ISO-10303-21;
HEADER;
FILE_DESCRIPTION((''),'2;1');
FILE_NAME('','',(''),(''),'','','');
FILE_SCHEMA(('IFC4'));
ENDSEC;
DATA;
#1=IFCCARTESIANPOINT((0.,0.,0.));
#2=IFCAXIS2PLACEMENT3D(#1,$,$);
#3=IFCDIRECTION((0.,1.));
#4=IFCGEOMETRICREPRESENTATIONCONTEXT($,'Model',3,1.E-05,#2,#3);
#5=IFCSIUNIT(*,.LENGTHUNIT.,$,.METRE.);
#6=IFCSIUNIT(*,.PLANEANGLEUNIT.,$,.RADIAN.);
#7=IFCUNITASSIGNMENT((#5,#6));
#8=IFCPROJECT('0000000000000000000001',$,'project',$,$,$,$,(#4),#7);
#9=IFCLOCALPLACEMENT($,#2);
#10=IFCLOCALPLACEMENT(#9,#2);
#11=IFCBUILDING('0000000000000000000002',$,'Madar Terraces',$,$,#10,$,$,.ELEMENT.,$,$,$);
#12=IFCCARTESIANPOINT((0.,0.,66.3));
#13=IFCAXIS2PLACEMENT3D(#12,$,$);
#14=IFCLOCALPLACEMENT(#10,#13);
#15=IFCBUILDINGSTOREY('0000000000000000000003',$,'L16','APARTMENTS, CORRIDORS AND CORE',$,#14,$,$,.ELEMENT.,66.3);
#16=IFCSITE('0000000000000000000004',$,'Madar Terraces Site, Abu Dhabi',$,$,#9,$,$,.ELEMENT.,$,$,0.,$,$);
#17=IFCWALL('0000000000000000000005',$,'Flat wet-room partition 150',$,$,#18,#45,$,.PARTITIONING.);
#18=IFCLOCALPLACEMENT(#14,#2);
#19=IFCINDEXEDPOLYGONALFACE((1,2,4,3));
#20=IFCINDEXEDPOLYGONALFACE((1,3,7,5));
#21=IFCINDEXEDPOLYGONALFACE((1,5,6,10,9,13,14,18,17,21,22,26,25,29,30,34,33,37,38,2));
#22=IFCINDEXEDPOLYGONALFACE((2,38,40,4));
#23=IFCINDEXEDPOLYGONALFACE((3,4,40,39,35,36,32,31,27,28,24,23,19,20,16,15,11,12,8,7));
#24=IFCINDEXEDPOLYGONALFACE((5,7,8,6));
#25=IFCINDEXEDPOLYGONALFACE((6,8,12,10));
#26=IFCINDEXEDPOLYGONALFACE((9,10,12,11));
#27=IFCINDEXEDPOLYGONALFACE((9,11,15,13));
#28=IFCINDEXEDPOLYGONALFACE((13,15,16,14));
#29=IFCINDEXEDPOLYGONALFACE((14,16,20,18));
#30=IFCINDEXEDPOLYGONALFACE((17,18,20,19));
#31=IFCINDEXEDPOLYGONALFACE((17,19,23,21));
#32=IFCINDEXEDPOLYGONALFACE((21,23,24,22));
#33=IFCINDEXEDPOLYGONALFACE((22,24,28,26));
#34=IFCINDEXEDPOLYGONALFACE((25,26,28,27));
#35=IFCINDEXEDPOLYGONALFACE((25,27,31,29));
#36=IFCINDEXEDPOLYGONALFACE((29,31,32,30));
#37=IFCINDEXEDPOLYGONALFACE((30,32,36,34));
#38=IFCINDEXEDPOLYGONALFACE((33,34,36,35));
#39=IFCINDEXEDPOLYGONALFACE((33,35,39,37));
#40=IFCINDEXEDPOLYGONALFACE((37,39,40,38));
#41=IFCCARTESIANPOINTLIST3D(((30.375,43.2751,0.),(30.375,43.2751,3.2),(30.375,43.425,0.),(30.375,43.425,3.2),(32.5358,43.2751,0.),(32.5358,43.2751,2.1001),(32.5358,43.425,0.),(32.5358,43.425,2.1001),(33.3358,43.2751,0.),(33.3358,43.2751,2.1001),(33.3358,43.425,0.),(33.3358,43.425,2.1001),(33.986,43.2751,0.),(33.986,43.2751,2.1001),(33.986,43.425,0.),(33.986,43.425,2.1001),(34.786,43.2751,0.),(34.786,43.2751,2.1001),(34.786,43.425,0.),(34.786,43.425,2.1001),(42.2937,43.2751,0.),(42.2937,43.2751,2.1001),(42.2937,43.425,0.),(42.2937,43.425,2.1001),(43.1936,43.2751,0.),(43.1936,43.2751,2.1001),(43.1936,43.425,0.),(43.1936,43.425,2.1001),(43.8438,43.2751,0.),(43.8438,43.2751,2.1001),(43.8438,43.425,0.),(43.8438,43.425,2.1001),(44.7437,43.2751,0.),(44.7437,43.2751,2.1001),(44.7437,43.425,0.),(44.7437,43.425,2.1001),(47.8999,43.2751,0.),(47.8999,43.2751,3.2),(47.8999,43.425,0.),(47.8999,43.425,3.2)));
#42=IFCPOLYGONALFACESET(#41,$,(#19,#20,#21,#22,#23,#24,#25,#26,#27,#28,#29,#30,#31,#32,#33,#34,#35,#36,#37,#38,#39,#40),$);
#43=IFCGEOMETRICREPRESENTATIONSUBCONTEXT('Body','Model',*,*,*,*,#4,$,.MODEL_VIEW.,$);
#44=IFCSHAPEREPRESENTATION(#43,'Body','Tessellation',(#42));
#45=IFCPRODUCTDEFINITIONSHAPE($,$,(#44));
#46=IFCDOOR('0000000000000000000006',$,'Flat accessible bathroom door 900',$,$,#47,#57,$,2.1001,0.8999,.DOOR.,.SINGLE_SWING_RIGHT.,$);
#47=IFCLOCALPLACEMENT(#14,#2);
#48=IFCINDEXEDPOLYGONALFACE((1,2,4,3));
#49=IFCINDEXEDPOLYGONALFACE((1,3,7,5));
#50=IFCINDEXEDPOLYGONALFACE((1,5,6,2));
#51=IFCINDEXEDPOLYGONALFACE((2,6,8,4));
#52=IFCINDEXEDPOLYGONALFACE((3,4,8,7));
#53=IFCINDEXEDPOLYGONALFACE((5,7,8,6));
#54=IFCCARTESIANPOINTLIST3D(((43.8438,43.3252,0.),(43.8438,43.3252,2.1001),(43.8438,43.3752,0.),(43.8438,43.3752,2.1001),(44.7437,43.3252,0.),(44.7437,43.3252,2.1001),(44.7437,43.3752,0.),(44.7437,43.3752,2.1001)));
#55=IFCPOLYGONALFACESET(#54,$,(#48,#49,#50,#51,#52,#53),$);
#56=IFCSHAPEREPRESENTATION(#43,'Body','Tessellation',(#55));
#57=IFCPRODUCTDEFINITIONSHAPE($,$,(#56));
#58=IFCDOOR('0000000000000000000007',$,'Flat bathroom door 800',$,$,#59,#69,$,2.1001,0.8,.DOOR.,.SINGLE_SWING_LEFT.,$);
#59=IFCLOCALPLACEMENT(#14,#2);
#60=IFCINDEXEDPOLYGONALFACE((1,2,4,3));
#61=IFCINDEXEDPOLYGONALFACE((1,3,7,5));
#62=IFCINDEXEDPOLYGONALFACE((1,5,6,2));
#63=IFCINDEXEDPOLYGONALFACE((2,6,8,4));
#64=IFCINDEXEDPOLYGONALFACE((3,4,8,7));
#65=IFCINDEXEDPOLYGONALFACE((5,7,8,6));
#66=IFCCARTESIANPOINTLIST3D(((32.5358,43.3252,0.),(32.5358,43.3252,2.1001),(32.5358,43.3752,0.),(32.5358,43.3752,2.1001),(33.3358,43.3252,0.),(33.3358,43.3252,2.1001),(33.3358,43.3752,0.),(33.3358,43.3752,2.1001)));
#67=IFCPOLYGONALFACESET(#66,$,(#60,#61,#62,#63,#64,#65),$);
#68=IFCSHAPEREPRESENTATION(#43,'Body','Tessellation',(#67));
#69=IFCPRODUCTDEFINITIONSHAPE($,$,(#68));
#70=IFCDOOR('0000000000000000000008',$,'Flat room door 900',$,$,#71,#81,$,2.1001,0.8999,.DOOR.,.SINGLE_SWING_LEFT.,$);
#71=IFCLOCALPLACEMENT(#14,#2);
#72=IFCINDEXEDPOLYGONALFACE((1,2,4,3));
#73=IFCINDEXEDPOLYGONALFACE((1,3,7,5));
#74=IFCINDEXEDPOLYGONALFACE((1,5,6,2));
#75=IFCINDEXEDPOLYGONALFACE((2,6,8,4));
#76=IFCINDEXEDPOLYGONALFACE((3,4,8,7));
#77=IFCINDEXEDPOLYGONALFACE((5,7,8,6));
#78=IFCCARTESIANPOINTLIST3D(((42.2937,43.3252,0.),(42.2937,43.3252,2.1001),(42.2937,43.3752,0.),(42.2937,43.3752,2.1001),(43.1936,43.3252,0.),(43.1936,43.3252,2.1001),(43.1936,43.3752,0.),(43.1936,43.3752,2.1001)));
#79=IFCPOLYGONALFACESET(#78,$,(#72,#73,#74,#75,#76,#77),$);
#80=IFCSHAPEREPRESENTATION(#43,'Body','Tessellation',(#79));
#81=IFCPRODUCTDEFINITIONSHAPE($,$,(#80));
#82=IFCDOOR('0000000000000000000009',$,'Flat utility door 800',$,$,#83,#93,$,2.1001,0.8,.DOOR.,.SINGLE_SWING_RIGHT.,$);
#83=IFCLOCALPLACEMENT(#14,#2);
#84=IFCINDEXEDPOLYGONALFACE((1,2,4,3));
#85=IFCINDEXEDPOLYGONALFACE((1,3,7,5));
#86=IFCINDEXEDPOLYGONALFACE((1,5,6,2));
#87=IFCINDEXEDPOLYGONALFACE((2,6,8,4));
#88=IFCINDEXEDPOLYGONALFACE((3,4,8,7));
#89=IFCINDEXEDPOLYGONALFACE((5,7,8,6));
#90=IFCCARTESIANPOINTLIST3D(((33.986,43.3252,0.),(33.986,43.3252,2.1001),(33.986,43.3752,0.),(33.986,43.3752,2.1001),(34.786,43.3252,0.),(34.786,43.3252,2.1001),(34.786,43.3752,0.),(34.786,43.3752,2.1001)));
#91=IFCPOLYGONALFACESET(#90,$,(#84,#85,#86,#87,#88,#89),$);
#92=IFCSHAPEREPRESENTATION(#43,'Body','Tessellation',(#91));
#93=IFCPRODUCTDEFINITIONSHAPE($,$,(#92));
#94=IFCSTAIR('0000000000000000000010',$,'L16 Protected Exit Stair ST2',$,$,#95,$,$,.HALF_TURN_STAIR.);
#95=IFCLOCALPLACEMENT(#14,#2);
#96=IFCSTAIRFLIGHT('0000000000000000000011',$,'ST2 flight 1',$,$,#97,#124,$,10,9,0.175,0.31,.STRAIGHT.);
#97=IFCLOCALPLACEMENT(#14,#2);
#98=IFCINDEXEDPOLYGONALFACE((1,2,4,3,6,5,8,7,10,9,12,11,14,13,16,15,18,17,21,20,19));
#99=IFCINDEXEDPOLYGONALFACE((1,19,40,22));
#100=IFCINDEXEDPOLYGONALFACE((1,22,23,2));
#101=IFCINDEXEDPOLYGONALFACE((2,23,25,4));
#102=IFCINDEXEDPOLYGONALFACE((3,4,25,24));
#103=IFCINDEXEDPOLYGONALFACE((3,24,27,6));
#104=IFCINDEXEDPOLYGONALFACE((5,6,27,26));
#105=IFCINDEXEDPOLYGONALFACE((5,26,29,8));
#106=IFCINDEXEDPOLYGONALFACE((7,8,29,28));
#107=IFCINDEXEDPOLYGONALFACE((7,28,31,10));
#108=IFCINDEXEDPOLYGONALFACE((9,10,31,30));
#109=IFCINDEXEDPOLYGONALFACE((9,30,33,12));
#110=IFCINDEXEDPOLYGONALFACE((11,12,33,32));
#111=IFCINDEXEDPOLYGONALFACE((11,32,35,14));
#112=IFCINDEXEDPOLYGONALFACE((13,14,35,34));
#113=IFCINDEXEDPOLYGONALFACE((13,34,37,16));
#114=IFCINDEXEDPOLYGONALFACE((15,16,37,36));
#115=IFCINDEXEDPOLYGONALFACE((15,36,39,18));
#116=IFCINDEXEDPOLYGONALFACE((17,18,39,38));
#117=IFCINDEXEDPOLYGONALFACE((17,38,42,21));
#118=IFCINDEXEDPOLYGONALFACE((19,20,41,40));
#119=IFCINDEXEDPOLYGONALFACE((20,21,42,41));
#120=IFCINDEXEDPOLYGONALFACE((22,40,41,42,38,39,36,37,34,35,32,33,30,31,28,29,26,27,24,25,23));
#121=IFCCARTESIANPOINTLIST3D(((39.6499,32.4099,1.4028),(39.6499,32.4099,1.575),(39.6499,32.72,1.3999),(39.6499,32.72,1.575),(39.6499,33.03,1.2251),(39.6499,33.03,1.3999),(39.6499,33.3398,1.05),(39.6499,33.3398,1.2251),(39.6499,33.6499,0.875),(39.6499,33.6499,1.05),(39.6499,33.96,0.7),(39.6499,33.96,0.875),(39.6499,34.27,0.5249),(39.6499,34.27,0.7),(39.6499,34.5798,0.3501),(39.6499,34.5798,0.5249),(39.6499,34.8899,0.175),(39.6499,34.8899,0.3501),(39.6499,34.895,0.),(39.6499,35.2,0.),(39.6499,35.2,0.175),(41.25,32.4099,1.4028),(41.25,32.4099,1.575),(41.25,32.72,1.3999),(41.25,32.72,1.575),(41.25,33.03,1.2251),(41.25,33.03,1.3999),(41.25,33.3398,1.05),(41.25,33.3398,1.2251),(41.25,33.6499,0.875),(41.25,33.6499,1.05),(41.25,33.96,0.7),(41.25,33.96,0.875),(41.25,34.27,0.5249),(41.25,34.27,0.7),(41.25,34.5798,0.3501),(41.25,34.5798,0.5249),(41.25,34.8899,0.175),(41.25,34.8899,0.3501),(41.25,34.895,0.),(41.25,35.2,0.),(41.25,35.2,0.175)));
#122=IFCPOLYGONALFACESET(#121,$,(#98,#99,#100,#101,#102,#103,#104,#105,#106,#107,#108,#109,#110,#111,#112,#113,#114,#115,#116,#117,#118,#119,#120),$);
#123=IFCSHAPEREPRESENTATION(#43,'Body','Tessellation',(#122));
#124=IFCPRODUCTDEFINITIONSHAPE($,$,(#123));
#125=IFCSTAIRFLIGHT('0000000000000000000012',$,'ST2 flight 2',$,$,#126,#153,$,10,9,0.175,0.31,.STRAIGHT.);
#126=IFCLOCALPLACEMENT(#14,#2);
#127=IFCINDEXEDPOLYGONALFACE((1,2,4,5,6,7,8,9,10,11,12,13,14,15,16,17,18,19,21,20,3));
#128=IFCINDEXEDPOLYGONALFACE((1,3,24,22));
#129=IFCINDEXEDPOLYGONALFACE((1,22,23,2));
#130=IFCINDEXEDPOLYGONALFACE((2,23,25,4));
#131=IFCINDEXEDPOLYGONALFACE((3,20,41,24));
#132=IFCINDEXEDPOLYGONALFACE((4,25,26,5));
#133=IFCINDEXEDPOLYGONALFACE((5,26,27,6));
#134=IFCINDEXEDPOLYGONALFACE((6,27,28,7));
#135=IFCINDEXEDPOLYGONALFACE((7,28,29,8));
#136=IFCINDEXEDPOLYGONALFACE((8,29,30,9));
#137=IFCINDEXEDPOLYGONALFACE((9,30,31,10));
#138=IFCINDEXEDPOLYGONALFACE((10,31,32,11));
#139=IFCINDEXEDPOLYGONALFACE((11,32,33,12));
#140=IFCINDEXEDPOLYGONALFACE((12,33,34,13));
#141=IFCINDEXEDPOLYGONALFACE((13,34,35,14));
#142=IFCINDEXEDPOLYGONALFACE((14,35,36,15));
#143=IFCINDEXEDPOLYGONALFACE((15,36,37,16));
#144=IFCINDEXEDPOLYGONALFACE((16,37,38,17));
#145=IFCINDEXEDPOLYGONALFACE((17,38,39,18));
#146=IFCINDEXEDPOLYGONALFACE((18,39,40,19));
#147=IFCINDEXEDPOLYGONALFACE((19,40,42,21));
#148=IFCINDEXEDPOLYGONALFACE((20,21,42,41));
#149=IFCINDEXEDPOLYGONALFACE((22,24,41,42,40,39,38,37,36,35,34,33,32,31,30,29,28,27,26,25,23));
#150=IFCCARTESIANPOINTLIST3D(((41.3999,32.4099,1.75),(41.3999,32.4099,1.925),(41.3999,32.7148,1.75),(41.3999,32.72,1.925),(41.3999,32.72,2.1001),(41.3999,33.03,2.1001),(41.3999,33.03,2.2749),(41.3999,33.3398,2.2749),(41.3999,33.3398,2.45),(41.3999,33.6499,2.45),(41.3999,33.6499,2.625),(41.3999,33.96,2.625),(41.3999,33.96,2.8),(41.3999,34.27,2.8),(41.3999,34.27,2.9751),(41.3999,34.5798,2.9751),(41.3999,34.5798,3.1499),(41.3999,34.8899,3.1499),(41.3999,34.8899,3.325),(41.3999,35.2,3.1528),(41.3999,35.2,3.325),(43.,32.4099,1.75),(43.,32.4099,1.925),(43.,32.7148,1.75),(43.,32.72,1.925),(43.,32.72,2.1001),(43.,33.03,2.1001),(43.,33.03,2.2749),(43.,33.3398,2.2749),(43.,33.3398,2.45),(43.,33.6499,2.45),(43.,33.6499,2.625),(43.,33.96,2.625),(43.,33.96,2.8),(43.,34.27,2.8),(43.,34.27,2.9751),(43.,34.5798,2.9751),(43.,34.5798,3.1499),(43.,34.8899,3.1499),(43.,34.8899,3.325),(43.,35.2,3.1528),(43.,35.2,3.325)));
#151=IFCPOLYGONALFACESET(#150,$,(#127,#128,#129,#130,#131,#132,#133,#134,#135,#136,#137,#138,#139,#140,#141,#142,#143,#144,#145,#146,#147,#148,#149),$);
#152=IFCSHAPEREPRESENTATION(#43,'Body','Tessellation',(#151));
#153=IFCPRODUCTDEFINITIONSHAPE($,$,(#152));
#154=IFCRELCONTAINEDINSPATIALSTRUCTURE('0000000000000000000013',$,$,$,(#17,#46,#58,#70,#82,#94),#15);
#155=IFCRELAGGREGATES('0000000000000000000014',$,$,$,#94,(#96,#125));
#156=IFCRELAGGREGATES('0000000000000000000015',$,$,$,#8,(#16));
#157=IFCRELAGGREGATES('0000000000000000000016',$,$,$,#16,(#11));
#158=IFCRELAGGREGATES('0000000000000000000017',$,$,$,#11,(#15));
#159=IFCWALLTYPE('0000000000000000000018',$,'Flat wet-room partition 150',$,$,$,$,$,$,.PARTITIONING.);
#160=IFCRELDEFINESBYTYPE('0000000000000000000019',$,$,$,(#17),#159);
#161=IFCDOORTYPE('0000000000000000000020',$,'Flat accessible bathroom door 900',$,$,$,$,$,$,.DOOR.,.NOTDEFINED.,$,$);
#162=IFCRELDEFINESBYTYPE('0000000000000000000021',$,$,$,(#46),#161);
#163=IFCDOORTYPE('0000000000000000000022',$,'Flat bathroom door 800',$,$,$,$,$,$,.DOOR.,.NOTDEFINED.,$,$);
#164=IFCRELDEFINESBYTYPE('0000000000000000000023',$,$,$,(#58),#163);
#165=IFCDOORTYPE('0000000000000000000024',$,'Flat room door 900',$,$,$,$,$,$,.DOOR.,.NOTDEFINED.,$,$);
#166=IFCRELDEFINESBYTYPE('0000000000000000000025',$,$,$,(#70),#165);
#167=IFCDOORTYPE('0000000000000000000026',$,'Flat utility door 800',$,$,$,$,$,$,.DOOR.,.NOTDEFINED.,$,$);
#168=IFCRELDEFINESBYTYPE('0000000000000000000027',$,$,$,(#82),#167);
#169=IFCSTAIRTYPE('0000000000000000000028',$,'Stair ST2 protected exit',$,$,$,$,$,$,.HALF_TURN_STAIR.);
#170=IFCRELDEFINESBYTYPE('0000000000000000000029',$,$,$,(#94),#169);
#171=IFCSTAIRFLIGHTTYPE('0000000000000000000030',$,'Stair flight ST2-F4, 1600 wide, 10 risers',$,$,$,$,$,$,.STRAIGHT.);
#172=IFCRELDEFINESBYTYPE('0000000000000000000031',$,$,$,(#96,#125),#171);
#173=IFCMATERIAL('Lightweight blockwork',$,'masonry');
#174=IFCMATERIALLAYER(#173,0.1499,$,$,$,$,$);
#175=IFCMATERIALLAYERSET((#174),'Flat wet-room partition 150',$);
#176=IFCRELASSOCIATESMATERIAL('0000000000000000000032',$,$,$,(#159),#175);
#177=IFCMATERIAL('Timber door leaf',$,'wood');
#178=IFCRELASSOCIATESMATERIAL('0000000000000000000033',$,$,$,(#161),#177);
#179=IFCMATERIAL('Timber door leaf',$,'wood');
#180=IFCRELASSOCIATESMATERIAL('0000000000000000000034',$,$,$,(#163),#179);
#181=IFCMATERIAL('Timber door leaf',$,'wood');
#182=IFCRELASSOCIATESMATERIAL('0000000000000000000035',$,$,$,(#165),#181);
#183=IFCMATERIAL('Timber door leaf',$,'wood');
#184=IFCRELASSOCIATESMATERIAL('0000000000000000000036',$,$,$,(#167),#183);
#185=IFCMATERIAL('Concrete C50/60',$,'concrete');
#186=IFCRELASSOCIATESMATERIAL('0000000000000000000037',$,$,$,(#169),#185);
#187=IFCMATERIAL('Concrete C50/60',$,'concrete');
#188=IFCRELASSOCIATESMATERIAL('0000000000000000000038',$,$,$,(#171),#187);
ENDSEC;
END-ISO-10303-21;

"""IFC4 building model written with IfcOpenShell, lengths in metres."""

from ifc_helpers import new_model, si_unit, direction, frame, frame_2d, origin, place, context, subcontext, project, spatial, polyline, rectangle, outline, extrude, material, layer, layer_set, type_object, element, fill, aggregate, save


model = new_model("IFC4")

# Units and contexts
model_context = context("Model", 3, precision=1e-05, world=origin(), true_north=direction((0.0, 1.0)))
body_context = subcontext(model_context, "Body", "Model", "MODEL_VIEW")
ifc_project = project(units=[si_unit("LENGTHUNIT", "METRE"), si_unit("PLANEANGLEUNIT", "RADIAN")], contexts=[model_context])

# Site, building, storey
site_placement = place(None, origin())
site = spatial("IfcSite", under=ifc_project, at=site_placement, Name="Madar Terraces Site, Abu Dhabi", CompositionType="ELEMENT", RefElevation=0.0)
building_placement = place(site_placement, origin())
building = spatial("IfcBuilding", under=site, at=building_placement, Name="Madar Terraces", CompositionType="ELEMENT")
storey_placement = place(building_placement, frame((0.0, 0.0, 66.3)))
storey = spatial("IfcBuildingStorey", under=building, at=storey_placement, Name="L16", Description="APARTMENTS, CORRIDORS AND CORE", CompositionType="ELEMENT", Elevation=66.3)

# Shared definitions
ifc_material_1 = material(Name="Lightweight blockwork", Category="masonry")
ifc_layer_1 = layer(ifc_material_1, 0.1499)
ifc_layer_set_1 = layer_set([ifc_layer_1], Name="Flat wet-room partition 150")
wall_type_1 = type_object("IfcWallType", Name="Flat wet-room partition 150", PredefinedType="PARTITIONING", material=ifc_layer_set_1)

# Wall, openings, doors
wall_1_placement = place(storey_placement, frame((47.8999, 43.3501, 0.0), z_axis=(0.0, 0.0, 1.0), x_axis=(-1.0, 0.0, 0.0)))
wall_1 = element("IfcWall", 1, at=wall_1_placement, inside=storey, type_object=wall_type_1, Name="Flat wet-room partition 150", PredefinedType="PARTITIONING", context=body_context, shape_type="SweptSolid", body=[
    extrude(rectangle(XDim=17.5249, YDim=0.1499, at=frame_2d((8.7625, 0.0))), origin(), (0.0, 0.0, 1.0), 3.2),
])
opening_1_placement = place(wall_1_placement, frame((14.5642, 0.0, 0.0)))
opening_1 = element("IfcOpeningElement", 2, at=opening_1_placement, cuts=wall_1, PredefinedType="OPENING", context=body_context, shape_type="SweptSolid", body=[
    extrude(rectangle(XDim=0.8, YDim=2.1001, at=frame_2d((0.3999, 1.05))), frame((0.0, 0.085, 0.0), z_axis=(0.0, -1.0, 0.0), x_axis=(1.0, 0.0, 0.0)), (0.0, 0.0, 1.0), 0.1699),
])
opening_2_placement = place(wall_1_placement, frame((13.114, 0.0, 0.0)))
opening_2 = element("IfcOpeningElement", 3, at=opening_2_placement, cuts=wall_1, PredefinedType="OPENING", context=body_context, shape_type="SweptSolid", body=[
    extrude(rectangle(XDim=0.8, YDim=2.1001, at=frame_2d((0.3999, 1.05))), frame((0.0, 0.085, 0.0), z_axis=(0.0, -1.0, 0.0), x_axis=(1.0, 0.0, 0.0)), (0.0, 0.0, 1.0), 0.1699),
])
opening_3_placement = place(wall_1_placement, frame((4.7063, 0.0, 0.0)))
opening_3 = element("IfcOpeningElement", 4, at=opening_3_placement, cuts=wall_1, PredefinedType="OPENING", context=body_context, shape_type="SweptSolid", body=[
    extrude(rectangle(XDim=0.8999, YDim=2.1001, at=frame_2d((0.45, 1.05))), frame((0.0, 0.085, 0.0), z_axis=(0.0, -1.0, 0.0), x_axis=(1.0, 0.0, 0.0)), (0.0, 0.0, 1.0), 0.1699),
])
opening_4_placement = place(wall_1_placement, frame((3.1562, 0.0, 0.0)))
opening_4 = element("IfcOpeningElement", 5, at=opening_4_placement, cuts=wall_1, PredefinedType="OPENING", context=body_context, shape_type="SweptSolid", body=[
    extrude(rectangle(XDim=0.8999, YDim=2.1001, at=frame_2d((0.45, 1.05))), frame((0.0, 0.085, 0.0), z_axis=(0.0, -1.0, 0.0), x_axis=(1.0, 0.0, 0.0)), (0.0, 0.0, 1.0), 0.1699),
])
ifc_material_2 = material(Name="Timber door leaf", Category="wood")
door_type_1 = type_object("IfcDoorType", Name="Flat accessible bathroom door 900", OperationType="NOTDEFINED", PredefinedType="DOOR", material=ifc_material_2)
door_1_placement = place(opening_4_placement, origin())
door_1 = element("IfcDoor", 6, at=door_1_placement, inside=storey, type_object=door_type_1, Name="Flat accessible bathroom door 900", OperationType="SINGLE_SWING_RIGHT", OverallHeight=2.1001, OverallWidth=0.8999, PredefinedType="DOOR", context=body_context, shape_type="SweptSolid", body=[
    extrude(rectangle(XDim=0.8999, YDim=2.1001, at=frame_2d((0.45, 1.05))), frame((0.0, 0.0249, 0.0), z_axis=(0.0, -1.0, 0.0), x_axis=(1.0, 0.0, 0.0)), (0.0, 0.0, 1.0), 0.05),
])
fill(opening_4, door_1)
ifc_material_3 = material(Name="Timber door leaf", Category="wood")
door_type_2 = type_object("IfcDoorType", Name="Flat bathroom door 800", OperationType="NOTDEFINED", PredefinedType="DOOR", material=ifc_material_3)
door_2_placement = place(opening_1_placement, origin())
door_2 = element("IfcDoor", 7, at=door_2_placement, inside=storey, type_object=door_type_2, Name="Flat bathroom door 800", OperationType="SINGLE_SWING_LEFT", OverallHeight=2.1001, OverallWidth=0.8, PredefinedType="DOOR", context=body_context, shape_type="SweptSolid", body=[
    extrude(rectangle(XDim=0.8, YDim=2.1001, at=frame_2d((0.3999, 1.05))), frame((0.0, 0.0249, 0.0), z_axis=(0.0, -1.0, 0.0), x_axis=(1.0, 0.0, 0.0)), (0.0, 0.0, 1.0), 0.05),
])
fill(opening_1, door_2)
ifc_material_4 = material(Name="Timber door leaf", Category="wood")
door_type_3 = type_object("IfcDoorType", Name="Flat room door 900", OperationType="NOTDEFINED", PredefinedType="DOOR", material=ifc_material_4)
door_3_placement = place(opening_3_placement, origin())
door_3 = element("IfcDoor", 8, at=door_3_placement, inside=storey, type_object=door_type_3, Name="Flat room door 900", OperationType="SINGLE_SWING_LEFT", OverallHeight=2.1001, OverallWidth=0.8999, PredefinedType="DOOR", context=body_context, shape_type="SweptSolid", body=[
    extrude(rectangle(XDim=0.8999, YDim=2.1001, at=frame_2d((0.45, 1.05))), frame((0.0, 0.0249, 0.0), z_axis=(0.0, -1.0, 0.0), x_axis=(1.0, 0.0, 0.0)), (0.0, 0.0, 1.0), 0.05),
])
fill(opening_3, door_3)
ifc_material_5 = material(Name="Timber door leaf", Category="wood")
door_type_4 = type_object("IfcDoorType", Name="Flat utility door 800", OperationType="NOTDEFINED", PredefinedType="DOOR", material=ifc_material_5)
door_4_placement = place(opening_2_placement, origin())
door_4 = element("IfcDoor", 9, at=door_4_placement, inside=storey, type_object=door_type_4, Name="Flat utility door 800", OperationType="SINGLE_SWING_RIGHT", OverallHeight=2.1001, OverallWidth=0.8, PredefinedType="DOOR", context=body_context, shape_type="SweptSolid", body=[
    extrude(rectangle(XDim=0.8, YDim=2.1001, at=frame_2d((0.3999, 1.05))), frame((0.0, 0.0249, 0.0), z_axis=(0.0, -1.0, 0.0), x_axis=(1.0, 0.0, 0.0)), (0.0, 0.0, 1.0), 0.05),
])
fill(opening_2, door_4)

# Stair, stair flights
ifc_material_6 = material(Name="Concrete C50/60", Category="concrete")
stair_type = type_object("IfcStairType", Name="Stair ST2 protected exit", PredefinedType="HALF_TURN_STAIR", material=ifc_material_6)
stair_placement = place(storey_placement, origin())
stair = element("IfcStair", 10, at=stair_placement, inside=storey, type_object=stair_type, Name="L16 Protected Exit Stair ST2", PredefinedType="HALF_TURN_STAIR")
ifc_material_7 = material(Name="Concrete C50/60", Category="concrete")
stair_flight_type = type_object("IfcStairFlightType", Name="Stair flight ST2-F4, 1600 wide, 10 risers", PredefinedType="STRAIGHT", material=ifc_material_7)
stair_flight_1_placement = place(storey_placement, frame((40.45, 35.2, 0.0), z_axis=(0.0, 0.0, 1.0), x_axis=(0.0, -1.0, 0.0)))
stair_flight_1 = element("IfcStairFlight", 11, at=stair_flight_1_placement, type_object=stair_flight_type, Name="ST2 flight 1", NumberOfRisers=10, NumberOfTreads=9, PredefinedType="STRAIGHT", RiserHeight=0.175, TreadLength=0.31, context=body_context, shape_type="SweptSolid", body=[
    extrude(outline(polyline([(0.0, 0.0), (0.0, 0.175), (0.3101, 0.175), (0.3101, 0.3501), (0.6201, 0.3501), (0.6201, 0.5249), (0.9299, 0.5249), (0.9299, 0.7), (1.24, 0.7), (1.24, 0.875), (1.55, 0.875), (1.55, 1.05), (1.8601, 1.05), (1.8601, 1.2251), (2.1699, 1.2251), (2.1699, 1.3999), (2.48, 1.3999), (2.48, 1.575), (2.79, 1.575), (2.79, 1.75), (2.79, 1.4028), (0.3049, 0.0), (0.0, 0.0)])), frame((0.0, 0.8, 0.0), z_axis=(0.0, -1.0, 0.0), x_axis=(1.0, 0.0, 0.0)), (0.0, 0.0, 1.0), 1.6001),
])
stair_flight_2_placement = place(storey_placement, frame((42.2, 32.4099, 1.75), z_axis=(0.0, 0.0, 1.0), x_axis=(0.0, 1.0, 0.0)))
stair_flight_2 = element("IfcStairFlight", 12, at=stair_flight_2_placement, type_object=stair_flight_type, Name="ST2 flight 2", NumberOfRisers=10, NumberOfTreads=9, PredefinedType="STRAIGHT", RiserHeight=0.175, TreadLength=0.31, context=body_context, shape_type="SweptSolid", body=[
    extrude(outline(polyline([(0.0, 0.0), (0.0, 0.175), (0.3101, 0.175), (0.3101, 0.3501), (0.6201, 0.3501), (0.6201, 0.5249), (0.9299, 0.5249), (0.9299, 0.7), (1.24, 0.7), (1.24, 0.875), (1.55, 0.875), (1.55, 1.05), (1.8601, 1.05), (1.8601, 1.2251), (2.1699, 1.2251), (2.1699, 1.3999), (2.48, 1.3999), (2.48, 1.575), (2.79, 1.575), (2.79, 1.75), (2.79, 1.4028), (0.3049, 0.0), (0.0, 0.0)])), frame((0.0, 0.8, 0.0), z_axis=(0.0, -1.0, 0.0), x_axis=(1.0, 0.0, 0.0)), (0.0, 0.0, 1.0), 1.6001),
])
aggregate(stair, [stair_flight_1, stair_flight_2])

save(model, "model.ifc")
